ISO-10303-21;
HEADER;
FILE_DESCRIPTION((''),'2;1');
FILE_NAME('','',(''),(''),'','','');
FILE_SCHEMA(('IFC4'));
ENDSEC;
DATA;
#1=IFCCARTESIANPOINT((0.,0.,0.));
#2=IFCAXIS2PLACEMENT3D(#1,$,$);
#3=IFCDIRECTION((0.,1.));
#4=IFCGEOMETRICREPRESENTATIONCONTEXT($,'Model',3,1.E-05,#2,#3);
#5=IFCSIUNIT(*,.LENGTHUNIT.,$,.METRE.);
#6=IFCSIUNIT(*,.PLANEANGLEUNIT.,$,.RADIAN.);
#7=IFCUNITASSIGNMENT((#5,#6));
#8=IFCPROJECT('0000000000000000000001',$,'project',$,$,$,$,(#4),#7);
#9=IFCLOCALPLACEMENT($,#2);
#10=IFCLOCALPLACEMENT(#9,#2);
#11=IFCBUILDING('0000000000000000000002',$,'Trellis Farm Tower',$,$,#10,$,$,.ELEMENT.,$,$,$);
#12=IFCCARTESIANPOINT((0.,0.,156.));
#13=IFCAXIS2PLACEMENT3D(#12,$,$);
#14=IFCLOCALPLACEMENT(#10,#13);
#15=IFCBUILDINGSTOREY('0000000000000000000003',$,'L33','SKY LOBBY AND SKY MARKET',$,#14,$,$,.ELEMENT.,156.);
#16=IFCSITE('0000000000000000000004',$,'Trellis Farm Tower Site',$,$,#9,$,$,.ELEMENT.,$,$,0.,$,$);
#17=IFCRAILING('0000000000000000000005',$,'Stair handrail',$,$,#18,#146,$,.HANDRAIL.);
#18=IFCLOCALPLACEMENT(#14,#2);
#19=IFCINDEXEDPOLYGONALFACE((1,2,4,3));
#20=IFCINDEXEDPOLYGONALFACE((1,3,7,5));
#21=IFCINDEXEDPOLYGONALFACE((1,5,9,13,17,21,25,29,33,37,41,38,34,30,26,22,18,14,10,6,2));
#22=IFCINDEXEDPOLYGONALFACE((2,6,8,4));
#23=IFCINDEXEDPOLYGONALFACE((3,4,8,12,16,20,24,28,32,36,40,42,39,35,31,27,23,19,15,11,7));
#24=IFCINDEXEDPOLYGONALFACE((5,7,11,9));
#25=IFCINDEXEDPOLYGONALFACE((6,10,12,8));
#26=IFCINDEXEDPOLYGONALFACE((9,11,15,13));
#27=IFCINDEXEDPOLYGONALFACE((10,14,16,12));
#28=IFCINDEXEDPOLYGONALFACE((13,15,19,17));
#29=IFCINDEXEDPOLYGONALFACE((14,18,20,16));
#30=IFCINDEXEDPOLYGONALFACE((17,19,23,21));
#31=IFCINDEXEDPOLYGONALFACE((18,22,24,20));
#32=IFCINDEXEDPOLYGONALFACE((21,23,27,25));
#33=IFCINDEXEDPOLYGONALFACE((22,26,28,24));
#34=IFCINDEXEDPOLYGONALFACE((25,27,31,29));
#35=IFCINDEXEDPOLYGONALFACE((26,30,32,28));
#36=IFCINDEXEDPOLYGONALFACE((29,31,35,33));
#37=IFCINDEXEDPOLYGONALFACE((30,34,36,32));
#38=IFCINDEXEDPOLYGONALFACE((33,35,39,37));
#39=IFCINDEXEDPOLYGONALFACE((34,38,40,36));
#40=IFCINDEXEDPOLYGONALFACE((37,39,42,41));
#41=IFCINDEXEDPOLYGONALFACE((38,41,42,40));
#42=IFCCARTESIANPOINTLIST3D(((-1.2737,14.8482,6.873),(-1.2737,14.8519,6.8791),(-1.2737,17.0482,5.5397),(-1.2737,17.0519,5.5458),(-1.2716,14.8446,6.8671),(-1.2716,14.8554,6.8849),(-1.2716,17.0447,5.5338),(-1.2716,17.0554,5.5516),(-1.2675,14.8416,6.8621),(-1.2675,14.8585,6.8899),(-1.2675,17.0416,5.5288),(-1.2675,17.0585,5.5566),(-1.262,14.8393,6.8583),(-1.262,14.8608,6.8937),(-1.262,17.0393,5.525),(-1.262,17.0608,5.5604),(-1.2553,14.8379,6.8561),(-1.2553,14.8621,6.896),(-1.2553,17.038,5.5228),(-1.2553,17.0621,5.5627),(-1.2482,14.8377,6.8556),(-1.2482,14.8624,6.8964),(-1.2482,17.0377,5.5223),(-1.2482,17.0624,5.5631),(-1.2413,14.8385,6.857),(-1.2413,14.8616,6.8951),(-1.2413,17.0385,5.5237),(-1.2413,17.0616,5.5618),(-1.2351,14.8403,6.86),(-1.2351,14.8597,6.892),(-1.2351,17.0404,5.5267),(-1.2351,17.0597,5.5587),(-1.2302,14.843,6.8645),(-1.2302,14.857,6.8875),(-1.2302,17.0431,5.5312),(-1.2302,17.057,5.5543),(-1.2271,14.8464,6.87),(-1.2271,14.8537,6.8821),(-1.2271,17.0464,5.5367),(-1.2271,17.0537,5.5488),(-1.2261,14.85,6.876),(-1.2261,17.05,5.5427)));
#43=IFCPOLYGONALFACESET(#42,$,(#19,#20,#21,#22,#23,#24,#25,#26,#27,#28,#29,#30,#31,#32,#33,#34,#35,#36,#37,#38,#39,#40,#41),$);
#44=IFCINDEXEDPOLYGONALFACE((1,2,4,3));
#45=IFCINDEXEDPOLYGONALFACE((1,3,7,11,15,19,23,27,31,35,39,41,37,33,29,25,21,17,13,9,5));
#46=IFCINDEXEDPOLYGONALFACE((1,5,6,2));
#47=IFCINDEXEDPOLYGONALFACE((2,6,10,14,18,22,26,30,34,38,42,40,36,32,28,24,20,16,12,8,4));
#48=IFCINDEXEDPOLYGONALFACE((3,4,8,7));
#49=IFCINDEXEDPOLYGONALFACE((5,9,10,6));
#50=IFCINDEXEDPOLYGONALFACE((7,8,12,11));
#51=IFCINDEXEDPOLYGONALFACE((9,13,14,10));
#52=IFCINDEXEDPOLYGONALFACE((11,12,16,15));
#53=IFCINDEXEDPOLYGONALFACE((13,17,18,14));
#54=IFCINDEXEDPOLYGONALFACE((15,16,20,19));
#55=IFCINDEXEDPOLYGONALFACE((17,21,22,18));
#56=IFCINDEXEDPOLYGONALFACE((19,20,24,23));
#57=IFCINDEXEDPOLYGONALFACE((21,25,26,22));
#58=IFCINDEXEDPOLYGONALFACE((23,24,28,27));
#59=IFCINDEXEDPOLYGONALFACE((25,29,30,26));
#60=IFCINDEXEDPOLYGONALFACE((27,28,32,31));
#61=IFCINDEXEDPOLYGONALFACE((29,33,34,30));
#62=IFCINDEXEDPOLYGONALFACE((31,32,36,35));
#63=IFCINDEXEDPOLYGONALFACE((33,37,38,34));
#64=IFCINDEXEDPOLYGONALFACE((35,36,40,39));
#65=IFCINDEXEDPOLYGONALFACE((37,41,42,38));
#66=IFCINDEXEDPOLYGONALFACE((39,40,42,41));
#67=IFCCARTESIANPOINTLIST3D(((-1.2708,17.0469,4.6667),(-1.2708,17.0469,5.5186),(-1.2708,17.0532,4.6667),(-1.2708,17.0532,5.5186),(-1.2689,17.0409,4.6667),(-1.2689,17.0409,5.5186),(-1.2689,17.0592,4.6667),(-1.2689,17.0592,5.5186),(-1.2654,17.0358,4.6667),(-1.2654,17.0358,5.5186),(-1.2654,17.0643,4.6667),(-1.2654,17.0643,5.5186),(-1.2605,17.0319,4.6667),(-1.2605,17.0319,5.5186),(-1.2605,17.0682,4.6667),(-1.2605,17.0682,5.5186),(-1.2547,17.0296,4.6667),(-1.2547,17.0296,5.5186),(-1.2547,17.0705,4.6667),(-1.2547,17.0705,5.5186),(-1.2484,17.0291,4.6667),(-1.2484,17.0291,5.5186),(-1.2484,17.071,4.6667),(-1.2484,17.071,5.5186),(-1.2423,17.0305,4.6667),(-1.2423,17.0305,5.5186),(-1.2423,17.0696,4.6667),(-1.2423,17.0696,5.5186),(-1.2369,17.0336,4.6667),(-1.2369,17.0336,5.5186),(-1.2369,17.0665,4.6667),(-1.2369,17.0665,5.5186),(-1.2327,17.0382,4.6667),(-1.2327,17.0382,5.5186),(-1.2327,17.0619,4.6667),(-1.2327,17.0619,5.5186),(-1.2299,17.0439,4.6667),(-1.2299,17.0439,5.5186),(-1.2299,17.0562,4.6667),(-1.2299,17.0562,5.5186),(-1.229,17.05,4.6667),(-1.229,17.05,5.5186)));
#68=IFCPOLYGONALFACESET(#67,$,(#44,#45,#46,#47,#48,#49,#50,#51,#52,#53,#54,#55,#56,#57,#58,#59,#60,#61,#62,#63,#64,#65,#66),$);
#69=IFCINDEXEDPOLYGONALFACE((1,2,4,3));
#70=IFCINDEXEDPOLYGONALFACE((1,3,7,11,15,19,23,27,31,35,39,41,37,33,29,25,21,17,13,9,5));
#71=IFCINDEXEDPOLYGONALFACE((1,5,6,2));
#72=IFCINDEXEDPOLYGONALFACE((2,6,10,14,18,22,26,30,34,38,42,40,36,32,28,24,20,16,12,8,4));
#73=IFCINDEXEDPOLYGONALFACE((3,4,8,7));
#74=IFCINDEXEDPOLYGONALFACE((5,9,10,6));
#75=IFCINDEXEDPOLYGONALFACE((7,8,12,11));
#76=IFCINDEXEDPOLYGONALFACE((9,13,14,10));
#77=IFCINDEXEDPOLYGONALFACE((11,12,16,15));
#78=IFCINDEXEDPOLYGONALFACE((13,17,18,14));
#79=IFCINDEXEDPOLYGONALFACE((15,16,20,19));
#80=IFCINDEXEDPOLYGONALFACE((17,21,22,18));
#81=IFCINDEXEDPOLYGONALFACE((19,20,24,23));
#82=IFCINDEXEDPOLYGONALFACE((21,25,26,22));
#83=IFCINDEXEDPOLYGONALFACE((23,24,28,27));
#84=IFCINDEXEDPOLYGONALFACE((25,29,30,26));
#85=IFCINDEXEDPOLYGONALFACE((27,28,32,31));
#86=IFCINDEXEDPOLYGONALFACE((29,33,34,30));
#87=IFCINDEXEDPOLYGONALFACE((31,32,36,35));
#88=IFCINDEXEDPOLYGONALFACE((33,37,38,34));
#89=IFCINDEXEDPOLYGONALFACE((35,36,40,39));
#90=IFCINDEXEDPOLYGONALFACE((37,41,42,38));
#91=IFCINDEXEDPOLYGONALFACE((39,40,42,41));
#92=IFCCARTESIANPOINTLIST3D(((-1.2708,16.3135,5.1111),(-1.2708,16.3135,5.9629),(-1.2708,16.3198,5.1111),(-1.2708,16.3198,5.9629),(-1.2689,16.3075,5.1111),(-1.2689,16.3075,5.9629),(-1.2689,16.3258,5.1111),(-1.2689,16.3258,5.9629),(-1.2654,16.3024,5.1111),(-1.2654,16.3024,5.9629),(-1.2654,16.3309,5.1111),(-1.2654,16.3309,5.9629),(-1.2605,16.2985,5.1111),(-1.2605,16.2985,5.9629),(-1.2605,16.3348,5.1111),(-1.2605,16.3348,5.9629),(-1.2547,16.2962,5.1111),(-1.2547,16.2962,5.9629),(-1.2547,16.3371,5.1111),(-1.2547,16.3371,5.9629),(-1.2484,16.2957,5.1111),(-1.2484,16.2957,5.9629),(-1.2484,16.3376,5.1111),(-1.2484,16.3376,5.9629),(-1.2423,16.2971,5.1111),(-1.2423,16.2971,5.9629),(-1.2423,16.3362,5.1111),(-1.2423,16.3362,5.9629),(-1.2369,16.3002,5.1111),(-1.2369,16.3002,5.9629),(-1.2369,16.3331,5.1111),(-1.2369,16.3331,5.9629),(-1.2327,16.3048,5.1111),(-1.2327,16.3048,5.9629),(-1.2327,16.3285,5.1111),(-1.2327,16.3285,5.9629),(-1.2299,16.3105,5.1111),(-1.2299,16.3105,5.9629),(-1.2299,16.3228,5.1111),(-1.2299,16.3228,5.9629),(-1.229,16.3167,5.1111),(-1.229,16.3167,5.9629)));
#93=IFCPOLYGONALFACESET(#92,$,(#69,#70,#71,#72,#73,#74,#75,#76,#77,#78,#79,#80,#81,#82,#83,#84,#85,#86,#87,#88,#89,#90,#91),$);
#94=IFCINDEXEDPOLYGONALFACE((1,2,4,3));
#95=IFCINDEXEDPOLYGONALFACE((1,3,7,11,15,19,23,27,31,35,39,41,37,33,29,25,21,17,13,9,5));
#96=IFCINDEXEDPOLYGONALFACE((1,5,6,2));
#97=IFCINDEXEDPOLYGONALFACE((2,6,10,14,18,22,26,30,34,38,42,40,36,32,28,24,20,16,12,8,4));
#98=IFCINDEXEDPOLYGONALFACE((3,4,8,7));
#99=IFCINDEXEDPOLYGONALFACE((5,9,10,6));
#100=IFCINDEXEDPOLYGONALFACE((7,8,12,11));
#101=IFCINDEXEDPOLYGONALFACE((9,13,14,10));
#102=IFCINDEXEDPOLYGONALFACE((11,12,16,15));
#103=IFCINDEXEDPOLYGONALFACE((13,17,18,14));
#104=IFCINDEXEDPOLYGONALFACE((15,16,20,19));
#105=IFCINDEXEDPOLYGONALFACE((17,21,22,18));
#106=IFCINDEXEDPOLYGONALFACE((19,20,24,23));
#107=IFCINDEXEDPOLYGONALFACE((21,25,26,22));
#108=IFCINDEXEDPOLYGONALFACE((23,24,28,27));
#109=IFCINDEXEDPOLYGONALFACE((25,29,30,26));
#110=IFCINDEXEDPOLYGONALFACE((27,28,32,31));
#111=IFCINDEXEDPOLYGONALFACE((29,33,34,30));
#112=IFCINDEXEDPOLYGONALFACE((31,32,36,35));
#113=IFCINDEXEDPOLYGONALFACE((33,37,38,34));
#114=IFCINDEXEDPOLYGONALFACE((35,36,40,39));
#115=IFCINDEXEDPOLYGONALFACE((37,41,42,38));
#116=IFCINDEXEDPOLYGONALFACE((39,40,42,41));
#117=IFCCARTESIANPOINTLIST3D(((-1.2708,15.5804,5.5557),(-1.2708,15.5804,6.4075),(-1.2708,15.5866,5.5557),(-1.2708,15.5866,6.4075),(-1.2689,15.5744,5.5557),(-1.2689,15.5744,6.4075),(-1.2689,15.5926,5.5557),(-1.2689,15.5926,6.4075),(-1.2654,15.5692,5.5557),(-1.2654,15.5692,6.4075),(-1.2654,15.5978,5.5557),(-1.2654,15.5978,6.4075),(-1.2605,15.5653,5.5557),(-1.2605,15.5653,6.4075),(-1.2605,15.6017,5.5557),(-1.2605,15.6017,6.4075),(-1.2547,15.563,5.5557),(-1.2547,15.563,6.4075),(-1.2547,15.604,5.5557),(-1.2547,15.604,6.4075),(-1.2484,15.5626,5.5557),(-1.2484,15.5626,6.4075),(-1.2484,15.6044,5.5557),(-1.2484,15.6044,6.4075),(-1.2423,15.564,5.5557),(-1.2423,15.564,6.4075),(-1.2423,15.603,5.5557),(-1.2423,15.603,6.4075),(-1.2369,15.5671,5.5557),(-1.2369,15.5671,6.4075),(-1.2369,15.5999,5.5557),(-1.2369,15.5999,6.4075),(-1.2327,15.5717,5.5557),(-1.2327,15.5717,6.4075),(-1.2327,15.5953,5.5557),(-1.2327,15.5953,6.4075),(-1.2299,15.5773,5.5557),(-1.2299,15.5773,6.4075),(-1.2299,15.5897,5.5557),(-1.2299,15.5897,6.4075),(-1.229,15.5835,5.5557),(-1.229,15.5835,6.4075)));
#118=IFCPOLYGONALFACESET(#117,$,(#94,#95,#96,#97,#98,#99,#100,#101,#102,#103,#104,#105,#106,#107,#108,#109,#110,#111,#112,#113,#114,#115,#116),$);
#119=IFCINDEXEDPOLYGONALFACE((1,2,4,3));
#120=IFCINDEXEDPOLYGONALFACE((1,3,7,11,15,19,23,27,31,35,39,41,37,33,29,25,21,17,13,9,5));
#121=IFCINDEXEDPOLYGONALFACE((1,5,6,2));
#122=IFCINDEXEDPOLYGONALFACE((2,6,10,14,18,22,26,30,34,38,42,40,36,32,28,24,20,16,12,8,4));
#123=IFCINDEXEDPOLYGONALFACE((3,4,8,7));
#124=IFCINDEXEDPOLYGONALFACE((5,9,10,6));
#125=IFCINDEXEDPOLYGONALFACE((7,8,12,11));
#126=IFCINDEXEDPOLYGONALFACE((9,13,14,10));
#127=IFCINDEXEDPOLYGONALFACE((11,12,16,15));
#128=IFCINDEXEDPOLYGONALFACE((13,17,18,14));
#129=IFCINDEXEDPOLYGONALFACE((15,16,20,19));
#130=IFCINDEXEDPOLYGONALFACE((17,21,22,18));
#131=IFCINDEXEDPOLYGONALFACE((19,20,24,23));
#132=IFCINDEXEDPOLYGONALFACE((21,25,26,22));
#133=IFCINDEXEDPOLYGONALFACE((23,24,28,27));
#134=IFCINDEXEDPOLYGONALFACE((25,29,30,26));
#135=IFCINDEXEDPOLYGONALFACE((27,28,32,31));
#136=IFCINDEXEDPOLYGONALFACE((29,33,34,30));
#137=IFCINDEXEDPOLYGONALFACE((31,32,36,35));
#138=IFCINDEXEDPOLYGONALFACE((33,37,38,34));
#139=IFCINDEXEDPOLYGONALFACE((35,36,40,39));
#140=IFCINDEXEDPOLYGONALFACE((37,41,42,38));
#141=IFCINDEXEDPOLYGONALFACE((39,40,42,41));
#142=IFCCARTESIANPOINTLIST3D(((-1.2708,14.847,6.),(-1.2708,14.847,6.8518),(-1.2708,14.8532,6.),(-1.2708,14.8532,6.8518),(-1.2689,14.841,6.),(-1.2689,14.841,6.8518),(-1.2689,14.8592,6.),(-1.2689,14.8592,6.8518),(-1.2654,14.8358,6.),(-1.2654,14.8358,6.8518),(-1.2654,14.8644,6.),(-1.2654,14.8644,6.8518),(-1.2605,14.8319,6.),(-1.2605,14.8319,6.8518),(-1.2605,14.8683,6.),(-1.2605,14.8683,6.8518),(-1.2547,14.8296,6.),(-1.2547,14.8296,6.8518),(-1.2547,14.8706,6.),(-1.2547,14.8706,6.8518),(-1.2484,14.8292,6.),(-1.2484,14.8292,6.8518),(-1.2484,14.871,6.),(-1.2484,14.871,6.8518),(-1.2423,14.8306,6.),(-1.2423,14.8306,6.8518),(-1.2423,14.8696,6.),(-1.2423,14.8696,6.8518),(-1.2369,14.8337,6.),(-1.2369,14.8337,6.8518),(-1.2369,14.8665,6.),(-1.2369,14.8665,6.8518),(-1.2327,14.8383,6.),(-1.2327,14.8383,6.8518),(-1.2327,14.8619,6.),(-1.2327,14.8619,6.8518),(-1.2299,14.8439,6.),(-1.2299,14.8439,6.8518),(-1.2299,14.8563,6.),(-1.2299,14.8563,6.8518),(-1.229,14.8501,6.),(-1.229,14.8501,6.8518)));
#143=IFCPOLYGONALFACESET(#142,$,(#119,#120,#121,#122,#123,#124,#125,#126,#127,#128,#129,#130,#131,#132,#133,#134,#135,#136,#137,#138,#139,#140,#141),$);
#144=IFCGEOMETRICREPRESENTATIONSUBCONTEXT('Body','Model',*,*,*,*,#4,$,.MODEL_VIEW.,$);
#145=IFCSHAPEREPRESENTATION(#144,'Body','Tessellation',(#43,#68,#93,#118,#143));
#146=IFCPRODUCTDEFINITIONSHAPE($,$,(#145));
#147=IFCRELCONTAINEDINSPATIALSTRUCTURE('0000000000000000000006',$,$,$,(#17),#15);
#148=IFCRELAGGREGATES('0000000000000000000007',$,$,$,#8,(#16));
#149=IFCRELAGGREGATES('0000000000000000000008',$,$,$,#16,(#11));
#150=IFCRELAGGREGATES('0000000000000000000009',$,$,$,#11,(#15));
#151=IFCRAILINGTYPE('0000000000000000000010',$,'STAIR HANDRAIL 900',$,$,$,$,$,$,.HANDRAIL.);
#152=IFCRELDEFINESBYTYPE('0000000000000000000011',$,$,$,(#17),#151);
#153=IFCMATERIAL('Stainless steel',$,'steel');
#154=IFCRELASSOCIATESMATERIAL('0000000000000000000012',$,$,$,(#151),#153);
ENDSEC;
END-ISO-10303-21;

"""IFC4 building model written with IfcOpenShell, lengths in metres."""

from ifc_helpers import new_model, si_unit, direction, frame, origin, origin_2d, place, context, subcontext, project, spatial, circle, extrude, source, transform, mapped, material, type_object, element, save


model = new_model("IFC4")

# Units and contexts
model_context = context("Model", 3, precision=1e-05, world=origin(), true_north=direction((0.0, 1.0)))
body_context = subcontext(model_context, "Body", "Model", "MODEL_VIEW")
ifc_project = project(units=[si_unit("LENGTHUNIT", "METRE"), si_unit("PLANEANGLEUNIT", "RADIAN")], contexts=[model_context])

# Site, building, storey
site_placement = place(None, origin())
site = spatial("IfcSite", under=ifc_project, at=site_placement, Name="Trellis Farm Tower Site", CompositionType="ELEMENT", RefElevation=0.0)
building_placement = place(site_placement, origin())
building = spatial("IfcBuilding", under=site, at=building_placement, Name="Trellis Farm Tower", CompositionType="ELEMENT")
storey_placement = place(building_placement, frame((0.0, 0.0, 156.0)))
storey = spatial("IfcBuildingStorey", under=building, at=storey_placement, Name="L33", Description="SKY LOBBY AND SKY MARKET", CompositionType="ELEMENT", Elevation=156.0)

# Railing
ifc_material_1 = material(Name="Stainless steel", Category="steel")
railing_type = type_object("IfcRailingType", Name="STAIR HANDRAIL 900", PredefinedType="HANDRAIL", material=ifc_material_1)
shared_shape_1 = source(origin(), body_context, "Body", "SweptSolid", [
    extrude(circle(Radius=0.0239, at=origin_2d()), frame((0.0, 0.0, 0.876), z_axis=(0.0, -0.855207, 0.518287), x_axis=(1.0, 0.0, 0.0)), (0.0, 0.0, 1.0), 2.5725),
    extrude(circle(Radius=0.021, at=origin_2d()), origin(), (0.0, 0.0, 1.0), 0.8518),
    extrude(circle(Radius=0.021, at=origin_2d()), frame((0.0, -0.7334, 0.4443)), (0.0, 0.0, 1.0), 0.8518),
    extrude(circle(Radius=0.021, at=origin_2d()), frame((0.0, -1.4666, 0.8889)), (0.0, 0.0, 1.0), 0.8518),
    extrude(circle(Radius=0.021, at=origin_2d()), frame((0.0, -2.2, 1.3333)), (0.0, 0.0, 1.0), 0.8518),
])
for number, where, name in (
    (1, (-1.25, 17.05, 4.6667), "Stair handrail"),
):
    element("IfcRailing", number, at=place(storey_placement, frame(where)), inside=storey, type_object=railing_type, Name=name, PredefinedType="HANDRAIL", context=body_context, shape_type="MappedRepresentation", body=[
        mapped(shared_shape_1, transform((0.0, 0.0, 0.0))),
    ])

save(model, "model.ifc")
